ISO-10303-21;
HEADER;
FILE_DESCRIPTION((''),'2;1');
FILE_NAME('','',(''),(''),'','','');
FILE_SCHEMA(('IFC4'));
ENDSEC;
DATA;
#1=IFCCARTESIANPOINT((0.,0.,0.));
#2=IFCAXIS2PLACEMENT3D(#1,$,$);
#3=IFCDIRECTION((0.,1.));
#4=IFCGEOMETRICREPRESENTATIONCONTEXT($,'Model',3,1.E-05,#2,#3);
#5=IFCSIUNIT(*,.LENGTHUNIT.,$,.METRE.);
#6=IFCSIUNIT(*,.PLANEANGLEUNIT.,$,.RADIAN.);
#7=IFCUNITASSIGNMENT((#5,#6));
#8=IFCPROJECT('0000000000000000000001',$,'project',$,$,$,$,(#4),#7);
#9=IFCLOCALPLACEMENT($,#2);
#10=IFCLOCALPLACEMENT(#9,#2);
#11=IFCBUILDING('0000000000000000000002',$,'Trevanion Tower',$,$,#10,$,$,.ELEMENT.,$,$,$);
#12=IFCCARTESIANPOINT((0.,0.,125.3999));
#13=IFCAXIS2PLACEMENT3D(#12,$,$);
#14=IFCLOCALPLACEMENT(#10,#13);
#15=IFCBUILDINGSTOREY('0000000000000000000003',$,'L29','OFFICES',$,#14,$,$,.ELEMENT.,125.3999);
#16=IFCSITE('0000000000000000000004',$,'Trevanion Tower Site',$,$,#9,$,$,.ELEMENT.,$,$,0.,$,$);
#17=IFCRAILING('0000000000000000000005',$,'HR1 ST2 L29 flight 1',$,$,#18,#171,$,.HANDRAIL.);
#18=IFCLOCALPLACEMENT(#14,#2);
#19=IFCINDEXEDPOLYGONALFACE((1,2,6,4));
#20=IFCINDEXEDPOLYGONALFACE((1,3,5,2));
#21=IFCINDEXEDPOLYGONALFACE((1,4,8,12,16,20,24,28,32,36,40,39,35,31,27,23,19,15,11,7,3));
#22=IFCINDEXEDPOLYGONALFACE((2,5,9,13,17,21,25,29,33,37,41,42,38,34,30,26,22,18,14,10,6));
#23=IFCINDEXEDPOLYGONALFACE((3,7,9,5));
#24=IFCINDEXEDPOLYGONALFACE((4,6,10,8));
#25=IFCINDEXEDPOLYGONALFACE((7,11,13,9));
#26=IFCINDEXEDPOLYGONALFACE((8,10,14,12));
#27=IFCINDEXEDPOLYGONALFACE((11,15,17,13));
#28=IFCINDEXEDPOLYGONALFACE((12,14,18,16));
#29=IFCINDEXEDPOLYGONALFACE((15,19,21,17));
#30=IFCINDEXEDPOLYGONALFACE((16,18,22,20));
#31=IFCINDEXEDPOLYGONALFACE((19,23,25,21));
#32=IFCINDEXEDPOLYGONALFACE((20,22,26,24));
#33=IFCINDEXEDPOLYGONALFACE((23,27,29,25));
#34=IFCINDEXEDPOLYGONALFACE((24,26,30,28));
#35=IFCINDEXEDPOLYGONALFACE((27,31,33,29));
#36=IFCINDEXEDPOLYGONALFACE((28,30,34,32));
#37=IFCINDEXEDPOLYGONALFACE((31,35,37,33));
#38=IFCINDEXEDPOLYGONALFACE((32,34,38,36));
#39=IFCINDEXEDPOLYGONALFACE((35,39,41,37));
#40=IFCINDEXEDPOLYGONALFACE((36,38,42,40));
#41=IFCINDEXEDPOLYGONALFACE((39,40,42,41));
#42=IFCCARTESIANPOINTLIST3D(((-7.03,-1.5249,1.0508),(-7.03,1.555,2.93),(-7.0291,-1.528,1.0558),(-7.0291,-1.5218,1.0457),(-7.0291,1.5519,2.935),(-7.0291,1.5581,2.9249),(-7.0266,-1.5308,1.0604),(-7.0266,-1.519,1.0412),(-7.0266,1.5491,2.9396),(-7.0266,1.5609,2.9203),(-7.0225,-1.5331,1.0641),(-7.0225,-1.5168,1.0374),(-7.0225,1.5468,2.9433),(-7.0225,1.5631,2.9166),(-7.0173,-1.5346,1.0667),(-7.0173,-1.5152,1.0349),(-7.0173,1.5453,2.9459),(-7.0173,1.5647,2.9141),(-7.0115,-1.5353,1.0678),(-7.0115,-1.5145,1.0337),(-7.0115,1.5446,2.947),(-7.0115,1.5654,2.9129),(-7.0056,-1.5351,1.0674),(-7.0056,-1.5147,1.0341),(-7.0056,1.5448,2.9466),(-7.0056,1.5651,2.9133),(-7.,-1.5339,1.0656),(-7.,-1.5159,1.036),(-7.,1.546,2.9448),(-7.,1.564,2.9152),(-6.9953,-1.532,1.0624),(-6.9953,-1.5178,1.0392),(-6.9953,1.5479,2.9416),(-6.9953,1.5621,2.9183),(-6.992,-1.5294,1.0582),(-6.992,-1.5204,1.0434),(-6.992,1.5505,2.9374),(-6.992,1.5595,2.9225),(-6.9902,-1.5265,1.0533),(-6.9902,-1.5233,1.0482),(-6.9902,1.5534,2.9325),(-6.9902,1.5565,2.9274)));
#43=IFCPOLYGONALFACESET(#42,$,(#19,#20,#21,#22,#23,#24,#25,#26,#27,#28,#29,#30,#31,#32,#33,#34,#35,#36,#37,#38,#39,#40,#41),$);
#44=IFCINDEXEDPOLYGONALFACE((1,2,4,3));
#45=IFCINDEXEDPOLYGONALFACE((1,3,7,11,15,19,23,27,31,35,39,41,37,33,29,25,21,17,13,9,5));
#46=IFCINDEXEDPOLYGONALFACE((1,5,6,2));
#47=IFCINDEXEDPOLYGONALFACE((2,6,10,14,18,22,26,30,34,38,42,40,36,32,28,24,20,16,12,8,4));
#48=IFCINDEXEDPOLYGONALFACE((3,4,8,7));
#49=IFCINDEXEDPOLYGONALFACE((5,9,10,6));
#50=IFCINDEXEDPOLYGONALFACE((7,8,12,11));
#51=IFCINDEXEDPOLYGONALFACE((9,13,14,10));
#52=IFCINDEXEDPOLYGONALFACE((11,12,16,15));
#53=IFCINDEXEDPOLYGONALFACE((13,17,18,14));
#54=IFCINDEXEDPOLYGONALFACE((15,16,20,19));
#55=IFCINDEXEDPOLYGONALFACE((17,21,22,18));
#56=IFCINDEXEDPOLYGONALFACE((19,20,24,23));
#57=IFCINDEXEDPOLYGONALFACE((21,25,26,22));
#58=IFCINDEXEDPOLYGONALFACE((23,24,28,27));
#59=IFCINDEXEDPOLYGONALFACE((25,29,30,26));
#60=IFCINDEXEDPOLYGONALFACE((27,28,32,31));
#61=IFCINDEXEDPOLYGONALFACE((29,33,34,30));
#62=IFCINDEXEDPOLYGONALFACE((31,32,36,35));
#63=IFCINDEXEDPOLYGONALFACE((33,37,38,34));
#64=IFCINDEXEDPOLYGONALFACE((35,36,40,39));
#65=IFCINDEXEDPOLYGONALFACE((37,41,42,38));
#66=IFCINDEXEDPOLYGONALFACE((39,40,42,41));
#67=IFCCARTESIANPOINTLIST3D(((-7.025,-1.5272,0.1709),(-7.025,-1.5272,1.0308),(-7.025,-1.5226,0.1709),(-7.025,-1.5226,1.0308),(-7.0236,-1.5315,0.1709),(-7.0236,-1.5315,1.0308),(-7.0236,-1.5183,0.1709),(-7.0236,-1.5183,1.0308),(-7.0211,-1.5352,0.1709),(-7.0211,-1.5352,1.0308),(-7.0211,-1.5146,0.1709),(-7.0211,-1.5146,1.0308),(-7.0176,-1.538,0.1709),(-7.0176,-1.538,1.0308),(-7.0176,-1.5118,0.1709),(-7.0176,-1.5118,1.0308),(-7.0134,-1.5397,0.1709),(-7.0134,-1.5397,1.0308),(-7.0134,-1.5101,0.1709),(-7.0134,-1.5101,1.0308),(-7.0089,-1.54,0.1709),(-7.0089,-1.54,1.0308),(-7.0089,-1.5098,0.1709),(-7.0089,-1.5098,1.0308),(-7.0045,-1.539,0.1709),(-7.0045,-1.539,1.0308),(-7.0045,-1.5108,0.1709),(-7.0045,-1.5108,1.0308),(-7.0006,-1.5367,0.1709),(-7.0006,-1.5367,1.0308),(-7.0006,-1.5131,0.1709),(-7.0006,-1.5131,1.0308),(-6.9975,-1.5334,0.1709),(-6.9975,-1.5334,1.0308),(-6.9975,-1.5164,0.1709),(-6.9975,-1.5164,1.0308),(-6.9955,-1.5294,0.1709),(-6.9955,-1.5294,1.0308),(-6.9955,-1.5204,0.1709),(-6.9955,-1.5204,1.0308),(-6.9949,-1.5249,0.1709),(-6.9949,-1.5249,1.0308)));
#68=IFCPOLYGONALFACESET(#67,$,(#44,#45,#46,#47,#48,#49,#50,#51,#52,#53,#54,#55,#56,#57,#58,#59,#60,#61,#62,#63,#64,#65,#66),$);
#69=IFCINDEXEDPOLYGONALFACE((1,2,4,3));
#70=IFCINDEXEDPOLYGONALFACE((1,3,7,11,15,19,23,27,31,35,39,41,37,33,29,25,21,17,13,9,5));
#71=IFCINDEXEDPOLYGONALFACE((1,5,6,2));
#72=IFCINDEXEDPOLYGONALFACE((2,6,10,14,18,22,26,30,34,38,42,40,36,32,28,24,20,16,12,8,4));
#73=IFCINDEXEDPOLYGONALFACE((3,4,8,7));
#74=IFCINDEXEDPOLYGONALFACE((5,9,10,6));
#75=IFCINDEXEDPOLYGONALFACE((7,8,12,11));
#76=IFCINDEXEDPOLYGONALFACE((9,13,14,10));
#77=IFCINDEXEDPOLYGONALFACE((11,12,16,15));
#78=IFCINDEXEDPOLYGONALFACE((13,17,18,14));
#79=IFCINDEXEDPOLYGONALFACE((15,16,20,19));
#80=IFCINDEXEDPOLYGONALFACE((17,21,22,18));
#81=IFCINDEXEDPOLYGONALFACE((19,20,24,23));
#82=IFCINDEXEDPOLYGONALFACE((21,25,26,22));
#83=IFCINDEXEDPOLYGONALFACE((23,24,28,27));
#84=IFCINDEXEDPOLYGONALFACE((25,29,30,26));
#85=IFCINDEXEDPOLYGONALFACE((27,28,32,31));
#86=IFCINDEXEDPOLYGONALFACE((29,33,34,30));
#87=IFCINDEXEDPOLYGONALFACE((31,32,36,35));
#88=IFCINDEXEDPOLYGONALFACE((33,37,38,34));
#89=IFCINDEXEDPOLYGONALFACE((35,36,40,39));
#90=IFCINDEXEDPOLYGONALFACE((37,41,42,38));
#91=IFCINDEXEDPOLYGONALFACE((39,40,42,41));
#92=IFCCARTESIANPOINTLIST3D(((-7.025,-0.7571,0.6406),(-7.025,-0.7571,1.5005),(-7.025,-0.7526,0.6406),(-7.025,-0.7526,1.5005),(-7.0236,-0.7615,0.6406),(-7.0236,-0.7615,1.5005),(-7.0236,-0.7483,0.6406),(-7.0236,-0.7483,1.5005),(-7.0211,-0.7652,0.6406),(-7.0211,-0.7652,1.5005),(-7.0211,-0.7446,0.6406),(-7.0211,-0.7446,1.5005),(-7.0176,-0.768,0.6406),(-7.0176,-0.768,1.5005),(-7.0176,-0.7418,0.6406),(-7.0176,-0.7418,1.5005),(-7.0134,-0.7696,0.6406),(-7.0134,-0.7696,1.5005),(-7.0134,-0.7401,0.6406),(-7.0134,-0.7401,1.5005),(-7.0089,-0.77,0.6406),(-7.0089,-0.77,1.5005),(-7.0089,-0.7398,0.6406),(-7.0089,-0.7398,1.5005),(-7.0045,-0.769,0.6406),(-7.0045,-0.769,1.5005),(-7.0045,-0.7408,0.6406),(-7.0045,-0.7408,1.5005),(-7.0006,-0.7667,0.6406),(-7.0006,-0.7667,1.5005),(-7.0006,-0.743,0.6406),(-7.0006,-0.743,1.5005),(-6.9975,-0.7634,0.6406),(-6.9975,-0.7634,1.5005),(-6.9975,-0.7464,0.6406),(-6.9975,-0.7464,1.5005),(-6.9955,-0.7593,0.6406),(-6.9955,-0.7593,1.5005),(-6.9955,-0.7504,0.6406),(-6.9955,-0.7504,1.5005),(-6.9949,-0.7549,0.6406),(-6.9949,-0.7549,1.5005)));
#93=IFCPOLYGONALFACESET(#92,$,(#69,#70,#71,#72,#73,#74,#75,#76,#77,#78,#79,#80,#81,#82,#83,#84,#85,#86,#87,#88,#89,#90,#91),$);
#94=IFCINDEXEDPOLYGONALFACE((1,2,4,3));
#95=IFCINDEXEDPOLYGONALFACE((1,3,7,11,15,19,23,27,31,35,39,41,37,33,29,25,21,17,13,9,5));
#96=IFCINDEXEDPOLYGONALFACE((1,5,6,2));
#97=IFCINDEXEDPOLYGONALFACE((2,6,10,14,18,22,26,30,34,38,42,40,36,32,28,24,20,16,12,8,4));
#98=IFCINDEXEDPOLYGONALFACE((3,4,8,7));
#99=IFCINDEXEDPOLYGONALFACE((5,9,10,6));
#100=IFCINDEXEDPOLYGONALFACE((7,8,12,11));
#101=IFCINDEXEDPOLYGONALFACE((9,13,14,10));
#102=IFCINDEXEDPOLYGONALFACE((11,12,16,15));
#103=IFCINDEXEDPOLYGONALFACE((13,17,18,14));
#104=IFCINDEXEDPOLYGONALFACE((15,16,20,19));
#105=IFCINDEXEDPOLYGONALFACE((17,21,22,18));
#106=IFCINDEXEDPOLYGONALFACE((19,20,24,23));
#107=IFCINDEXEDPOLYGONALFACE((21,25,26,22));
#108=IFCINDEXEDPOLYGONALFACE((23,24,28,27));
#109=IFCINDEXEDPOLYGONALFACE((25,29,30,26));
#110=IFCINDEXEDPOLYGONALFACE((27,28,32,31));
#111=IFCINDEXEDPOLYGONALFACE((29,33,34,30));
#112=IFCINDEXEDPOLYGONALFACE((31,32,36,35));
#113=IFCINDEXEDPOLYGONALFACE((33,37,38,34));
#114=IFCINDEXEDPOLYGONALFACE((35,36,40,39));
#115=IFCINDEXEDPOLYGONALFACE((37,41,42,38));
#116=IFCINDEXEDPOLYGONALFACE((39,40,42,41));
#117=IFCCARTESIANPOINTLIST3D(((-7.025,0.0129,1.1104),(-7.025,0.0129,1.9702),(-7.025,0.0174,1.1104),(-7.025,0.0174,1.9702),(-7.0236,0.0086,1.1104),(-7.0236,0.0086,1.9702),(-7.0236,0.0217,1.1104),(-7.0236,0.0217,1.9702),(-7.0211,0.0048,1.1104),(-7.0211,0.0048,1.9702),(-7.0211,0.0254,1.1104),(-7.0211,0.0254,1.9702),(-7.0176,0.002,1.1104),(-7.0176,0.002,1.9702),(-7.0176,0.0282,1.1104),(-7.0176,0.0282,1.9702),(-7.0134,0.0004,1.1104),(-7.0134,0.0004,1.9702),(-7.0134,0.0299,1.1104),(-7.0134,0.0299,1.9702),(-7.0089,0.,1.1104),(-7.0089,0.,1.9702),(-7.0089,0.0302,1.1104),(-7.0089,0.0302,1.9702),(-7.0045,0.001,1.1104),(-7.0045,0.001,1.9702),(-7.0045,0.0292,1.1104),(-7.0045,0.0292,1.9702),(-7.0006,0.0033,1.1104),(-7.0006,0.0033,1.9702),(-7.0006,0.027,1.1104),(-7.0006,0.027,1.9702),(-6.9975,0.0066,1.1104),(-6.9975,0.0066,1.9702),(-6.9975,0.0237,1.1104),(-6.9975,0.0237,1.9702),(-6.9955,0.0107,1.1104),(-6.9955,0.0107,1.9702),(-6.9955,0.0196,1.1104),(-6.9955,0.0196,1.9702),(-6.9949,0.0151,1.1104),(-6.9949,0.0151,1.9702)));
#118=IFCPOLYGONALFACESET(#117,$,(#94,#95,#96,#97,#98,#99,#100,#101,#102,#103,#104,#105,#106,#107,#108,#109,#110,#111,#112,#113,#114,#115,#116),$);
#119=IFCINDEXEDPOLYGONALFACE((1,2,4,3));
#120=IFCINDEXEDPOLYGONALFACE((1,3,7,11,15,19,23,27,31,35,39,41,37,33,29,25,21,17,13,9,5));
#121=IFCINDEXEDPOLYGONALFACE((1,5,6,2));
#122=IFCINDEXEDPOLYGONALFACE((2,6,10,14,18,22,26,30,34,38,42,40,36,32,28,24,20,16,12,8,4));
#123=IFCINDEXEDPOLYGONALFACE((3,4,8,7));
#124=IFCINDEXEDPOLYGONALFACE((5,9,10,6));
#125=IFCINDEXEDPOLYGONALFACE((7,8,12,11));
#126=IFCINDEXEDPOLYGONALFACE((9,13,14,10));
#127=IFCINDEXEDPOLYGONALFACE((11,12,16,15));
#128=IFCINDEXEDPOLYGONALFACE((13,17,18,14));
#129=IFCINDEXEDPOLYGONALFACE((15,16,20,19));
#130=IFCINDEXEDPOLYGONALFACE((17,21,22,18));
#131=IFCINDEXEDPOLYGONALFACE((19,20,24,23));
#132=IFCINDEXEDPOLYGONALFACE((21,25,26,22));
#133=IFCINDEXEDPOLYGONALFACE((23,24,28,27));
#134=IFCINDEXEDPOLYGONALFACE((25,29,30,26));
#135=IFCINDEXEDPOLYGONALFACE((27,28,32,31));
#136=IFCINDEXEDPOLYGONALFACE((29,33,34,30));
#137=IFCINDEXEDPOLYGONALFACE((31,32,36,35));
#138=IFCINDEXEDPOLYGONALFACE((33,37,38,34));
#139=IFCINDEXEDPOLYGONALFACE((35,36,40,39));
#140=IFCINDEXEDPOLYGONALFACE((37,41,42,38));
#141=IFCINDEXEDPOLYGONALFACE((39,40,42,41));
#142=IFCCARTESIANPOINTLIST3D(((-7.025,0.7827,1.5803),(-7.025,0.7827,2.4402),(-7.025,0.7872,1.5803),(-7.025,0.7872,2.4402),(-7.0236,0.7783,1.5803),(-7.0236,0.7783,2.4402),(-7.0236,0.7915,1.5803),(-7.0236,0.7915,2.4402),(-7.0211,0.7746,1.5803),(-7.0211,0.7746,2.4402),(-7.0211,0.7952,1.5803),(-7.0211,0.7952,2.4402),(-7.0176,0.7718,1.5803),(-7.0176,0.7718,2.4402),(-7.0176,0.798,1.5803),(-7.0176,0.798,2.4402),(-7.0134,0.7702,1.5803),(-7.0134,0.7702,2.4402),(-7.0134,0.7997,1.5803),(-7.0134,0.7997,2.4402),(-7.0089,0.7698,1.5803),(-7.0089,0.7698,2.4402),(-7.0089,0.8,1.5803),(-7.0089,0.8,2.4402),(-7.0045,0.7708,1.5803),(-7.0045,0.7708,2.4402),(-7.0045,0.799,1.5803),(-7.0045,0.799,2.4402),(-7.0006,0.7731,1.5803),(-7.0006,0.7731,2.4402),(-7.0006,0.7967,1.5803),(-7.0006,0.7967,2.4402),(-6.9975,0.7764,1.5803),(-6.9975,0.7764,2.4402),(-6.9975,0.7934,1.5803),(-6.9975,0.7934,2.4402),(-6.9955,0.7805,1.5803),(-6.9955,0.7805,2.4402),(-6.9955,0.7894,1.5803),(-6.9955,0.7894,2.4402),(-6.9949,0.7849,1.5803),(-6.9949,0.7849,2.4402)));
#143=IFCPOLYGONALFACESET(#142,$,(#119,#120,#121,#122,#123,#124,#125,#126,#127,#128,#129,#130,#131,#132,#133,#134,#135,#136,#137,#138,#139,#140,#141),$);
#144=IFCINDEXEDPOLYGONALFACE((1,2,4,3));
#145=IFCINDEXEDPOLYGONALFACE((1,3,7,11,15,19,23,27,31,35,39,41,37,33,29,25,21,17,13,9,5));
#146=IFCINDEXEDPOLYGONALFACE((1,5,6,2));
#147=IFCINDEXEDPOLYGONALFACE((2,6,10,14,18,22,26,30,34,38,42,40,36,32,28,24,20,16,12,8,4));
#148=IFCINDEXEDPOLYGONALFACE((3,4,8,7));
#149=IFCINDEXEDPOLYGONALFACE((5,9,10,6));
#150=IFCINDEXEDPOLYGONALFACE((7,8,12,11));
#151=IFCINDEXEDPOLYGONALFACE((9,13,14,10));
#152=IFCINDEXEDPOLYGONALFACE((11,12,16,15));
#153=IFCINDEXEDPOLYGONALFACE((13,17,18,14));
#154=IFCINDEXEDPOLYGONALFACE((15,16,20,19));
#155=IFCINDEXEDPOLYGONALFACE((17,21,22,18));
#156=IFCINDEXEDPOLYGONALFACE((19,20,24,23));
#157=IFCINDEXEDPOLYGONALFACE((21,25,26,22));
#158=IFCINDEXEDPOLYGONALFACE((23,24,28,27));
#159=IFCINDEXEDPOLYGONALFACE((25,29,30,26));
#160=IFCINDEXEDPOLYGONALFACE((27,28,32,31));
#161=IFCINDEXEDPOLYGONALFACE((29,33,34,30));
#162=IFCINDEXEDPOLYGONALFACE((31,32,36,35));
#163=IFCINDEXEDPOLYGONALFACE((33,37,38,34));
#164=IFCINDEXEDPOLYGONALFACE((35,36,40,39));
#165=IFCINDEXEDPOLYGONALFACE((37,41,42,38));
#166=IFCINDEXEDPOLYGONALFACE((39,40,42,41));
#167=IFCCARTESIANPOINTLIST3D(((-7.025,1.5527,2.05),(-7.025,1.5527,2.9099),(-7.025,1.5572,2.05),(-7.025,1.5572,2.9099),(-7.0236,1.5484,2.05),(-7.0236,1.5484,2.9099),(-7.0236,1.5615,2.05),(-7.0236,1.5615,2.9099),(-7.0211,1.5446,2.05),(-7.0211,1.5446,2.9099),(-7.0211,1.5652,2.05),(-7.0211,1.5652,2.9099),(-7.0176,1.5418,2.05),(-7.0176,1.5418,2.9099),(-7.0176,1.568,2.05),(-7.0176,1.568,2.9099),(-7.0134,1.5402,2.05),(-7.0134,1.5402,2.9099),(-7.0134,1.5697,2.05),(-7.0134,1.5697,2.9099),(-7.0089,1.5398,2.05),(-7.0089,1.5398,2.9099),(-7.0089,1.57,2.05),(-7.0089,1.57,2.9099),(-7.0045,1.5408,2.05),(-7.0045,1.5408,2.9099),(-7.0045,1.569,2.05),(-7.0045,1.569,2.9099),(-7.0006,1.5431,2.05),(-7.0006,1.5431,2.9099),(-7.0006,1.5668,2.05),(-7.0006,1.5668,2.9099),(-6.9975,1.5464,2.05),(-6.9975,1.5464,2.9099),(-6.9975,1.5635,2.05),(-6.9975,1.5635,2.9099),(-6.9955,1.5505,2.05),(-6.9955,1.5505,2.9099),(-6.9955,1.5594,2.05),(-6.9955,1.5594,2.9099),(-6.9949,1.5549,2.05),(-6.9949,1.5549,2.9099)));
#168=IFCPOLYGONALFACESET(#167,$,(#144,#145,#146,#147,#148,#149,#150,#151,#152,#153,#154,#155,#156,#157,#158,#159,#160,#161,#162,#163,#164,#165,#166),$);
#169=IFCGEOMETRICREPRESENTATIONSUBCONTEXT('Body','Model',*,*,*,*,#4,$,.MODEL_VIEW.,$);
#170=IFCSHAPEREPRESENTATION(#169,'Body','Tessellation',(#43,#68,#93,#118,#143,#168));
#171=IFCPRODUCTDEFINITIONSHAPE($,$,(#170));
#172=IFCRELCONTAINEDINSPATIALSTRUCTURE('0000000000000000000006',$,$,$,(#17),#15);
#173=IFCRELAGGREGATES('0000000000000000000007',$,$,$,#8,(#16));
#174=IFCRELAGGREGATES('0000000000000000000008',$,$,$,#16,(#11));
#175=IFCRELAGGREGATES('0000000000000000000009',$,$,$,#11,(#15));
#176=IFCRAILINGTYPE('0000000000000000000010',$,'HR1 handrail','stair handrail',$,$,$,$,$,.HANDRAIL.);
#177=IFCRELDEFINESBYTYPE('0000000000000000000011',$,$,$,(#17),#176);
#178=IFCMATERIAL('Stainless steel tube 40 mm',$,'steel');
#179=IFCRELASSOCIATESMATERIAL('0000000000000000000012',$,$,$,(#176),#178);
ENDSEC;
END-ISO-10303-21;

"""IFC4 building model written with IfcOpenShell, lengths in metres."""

from ifc_helpers import new_model, si_unit, direction, frame, origin, origin_2d, place, context, subcontext, project, spatial, circle, extrude, material, type_object, element, save


model = new_model("IFC4")

# Units and contexts
model_context = context("Model", 3, precision=1e-05, world=origin(), true_north=direction((0.0, 1.0)))
body_context = subcontext(model_context, "Body", "Model", "MODEL_VIEW")
ifc_project = project(units=[si_unit("LENGTHUNIT", "METRE"), si_unit("PLANEANGLEUNIT", "RADIAN")], contexts=[model_context])

# Site, building, storey
site_placement = place(None, origin())
site = spatial("IfcSite", under=ifc_project, at=site_placement, Name="Trevanion Tower Site", CompositionType="ELEMENT", RefElevation=0.0)
building_placement = place(site_placement, origin())
building = spatial("IfcBuilding", under=site, at=building_placement, Name="Trevanion Tower", CompositionType="ELEMENT")
storey_placement = place(building_placement, frame((0.0, 0.0, 125.3999)))
storey = spatial("IfcBuildingStorey", under=building, at=storey_placement, Name="L29", Description="OFFICES", CompositionType="ELEMENT", Elevation=125.3999)

# Railing
ifc_material_1 = material(Name="Stainless steel tube 40 mm", Category="steel")
railing_type = type_object("IfcRailingType", Name="HR1 handrail", Description="stair handrail", PredefinedType="HANDRAIL", material=ifc_material_1)
for number, where, name in (
    (1, (-7.01, -1.5249, 0.1709), "HR1 ST2 L29 flight 1"),
):
    element("IfcRailing", number, at=place(storey_placement, frame(where)), inside=storey, type_object=railing_type, Name=name, PredefinedType="HANDRAIL", context=body_context, shape_type="SweptSolid", body=[
        extrude(circle(Radius=0.02, at=origin_2d()), frame((0.0, 0.0, 0.8799), z_axis=(0.0, 0.853648, 0.52085), x_axis=(-1.0, 0.0, 0.0)), (0.0, 0.0, 1.0), 3.6079),
        extrude(circle(Radius=0.0151, at=origin_2d()), origin(), (0.0, 0.0, 1.0), 0.8599),
        extrude(circle(Radius=0.0151, at=origin_2d()), frame((0.0, 0.77, 0.4697)), (0.0, 0.0, 1.0), 0.8599),
        extrude(circle(Radius=0.0151, at=origin_2d()), frame((0.0, 1.54, 0.9395)), (0.0, 0.0, 1.0), 0.8599),
        extrude(circle(Radius=0.0151, at=origin_2d()), frame((0.0, 2.3098, 1.4094)), (0.0, 0.0, 1.0), 0.8599),
        extrude(circle(Radius=0.0151, at=origin_2d()), frame((0.0, 3.0798, 1.8792)), (0.0, 0.0, 1.0), 0.8599),
    ])

save(model, "model.ifc")
